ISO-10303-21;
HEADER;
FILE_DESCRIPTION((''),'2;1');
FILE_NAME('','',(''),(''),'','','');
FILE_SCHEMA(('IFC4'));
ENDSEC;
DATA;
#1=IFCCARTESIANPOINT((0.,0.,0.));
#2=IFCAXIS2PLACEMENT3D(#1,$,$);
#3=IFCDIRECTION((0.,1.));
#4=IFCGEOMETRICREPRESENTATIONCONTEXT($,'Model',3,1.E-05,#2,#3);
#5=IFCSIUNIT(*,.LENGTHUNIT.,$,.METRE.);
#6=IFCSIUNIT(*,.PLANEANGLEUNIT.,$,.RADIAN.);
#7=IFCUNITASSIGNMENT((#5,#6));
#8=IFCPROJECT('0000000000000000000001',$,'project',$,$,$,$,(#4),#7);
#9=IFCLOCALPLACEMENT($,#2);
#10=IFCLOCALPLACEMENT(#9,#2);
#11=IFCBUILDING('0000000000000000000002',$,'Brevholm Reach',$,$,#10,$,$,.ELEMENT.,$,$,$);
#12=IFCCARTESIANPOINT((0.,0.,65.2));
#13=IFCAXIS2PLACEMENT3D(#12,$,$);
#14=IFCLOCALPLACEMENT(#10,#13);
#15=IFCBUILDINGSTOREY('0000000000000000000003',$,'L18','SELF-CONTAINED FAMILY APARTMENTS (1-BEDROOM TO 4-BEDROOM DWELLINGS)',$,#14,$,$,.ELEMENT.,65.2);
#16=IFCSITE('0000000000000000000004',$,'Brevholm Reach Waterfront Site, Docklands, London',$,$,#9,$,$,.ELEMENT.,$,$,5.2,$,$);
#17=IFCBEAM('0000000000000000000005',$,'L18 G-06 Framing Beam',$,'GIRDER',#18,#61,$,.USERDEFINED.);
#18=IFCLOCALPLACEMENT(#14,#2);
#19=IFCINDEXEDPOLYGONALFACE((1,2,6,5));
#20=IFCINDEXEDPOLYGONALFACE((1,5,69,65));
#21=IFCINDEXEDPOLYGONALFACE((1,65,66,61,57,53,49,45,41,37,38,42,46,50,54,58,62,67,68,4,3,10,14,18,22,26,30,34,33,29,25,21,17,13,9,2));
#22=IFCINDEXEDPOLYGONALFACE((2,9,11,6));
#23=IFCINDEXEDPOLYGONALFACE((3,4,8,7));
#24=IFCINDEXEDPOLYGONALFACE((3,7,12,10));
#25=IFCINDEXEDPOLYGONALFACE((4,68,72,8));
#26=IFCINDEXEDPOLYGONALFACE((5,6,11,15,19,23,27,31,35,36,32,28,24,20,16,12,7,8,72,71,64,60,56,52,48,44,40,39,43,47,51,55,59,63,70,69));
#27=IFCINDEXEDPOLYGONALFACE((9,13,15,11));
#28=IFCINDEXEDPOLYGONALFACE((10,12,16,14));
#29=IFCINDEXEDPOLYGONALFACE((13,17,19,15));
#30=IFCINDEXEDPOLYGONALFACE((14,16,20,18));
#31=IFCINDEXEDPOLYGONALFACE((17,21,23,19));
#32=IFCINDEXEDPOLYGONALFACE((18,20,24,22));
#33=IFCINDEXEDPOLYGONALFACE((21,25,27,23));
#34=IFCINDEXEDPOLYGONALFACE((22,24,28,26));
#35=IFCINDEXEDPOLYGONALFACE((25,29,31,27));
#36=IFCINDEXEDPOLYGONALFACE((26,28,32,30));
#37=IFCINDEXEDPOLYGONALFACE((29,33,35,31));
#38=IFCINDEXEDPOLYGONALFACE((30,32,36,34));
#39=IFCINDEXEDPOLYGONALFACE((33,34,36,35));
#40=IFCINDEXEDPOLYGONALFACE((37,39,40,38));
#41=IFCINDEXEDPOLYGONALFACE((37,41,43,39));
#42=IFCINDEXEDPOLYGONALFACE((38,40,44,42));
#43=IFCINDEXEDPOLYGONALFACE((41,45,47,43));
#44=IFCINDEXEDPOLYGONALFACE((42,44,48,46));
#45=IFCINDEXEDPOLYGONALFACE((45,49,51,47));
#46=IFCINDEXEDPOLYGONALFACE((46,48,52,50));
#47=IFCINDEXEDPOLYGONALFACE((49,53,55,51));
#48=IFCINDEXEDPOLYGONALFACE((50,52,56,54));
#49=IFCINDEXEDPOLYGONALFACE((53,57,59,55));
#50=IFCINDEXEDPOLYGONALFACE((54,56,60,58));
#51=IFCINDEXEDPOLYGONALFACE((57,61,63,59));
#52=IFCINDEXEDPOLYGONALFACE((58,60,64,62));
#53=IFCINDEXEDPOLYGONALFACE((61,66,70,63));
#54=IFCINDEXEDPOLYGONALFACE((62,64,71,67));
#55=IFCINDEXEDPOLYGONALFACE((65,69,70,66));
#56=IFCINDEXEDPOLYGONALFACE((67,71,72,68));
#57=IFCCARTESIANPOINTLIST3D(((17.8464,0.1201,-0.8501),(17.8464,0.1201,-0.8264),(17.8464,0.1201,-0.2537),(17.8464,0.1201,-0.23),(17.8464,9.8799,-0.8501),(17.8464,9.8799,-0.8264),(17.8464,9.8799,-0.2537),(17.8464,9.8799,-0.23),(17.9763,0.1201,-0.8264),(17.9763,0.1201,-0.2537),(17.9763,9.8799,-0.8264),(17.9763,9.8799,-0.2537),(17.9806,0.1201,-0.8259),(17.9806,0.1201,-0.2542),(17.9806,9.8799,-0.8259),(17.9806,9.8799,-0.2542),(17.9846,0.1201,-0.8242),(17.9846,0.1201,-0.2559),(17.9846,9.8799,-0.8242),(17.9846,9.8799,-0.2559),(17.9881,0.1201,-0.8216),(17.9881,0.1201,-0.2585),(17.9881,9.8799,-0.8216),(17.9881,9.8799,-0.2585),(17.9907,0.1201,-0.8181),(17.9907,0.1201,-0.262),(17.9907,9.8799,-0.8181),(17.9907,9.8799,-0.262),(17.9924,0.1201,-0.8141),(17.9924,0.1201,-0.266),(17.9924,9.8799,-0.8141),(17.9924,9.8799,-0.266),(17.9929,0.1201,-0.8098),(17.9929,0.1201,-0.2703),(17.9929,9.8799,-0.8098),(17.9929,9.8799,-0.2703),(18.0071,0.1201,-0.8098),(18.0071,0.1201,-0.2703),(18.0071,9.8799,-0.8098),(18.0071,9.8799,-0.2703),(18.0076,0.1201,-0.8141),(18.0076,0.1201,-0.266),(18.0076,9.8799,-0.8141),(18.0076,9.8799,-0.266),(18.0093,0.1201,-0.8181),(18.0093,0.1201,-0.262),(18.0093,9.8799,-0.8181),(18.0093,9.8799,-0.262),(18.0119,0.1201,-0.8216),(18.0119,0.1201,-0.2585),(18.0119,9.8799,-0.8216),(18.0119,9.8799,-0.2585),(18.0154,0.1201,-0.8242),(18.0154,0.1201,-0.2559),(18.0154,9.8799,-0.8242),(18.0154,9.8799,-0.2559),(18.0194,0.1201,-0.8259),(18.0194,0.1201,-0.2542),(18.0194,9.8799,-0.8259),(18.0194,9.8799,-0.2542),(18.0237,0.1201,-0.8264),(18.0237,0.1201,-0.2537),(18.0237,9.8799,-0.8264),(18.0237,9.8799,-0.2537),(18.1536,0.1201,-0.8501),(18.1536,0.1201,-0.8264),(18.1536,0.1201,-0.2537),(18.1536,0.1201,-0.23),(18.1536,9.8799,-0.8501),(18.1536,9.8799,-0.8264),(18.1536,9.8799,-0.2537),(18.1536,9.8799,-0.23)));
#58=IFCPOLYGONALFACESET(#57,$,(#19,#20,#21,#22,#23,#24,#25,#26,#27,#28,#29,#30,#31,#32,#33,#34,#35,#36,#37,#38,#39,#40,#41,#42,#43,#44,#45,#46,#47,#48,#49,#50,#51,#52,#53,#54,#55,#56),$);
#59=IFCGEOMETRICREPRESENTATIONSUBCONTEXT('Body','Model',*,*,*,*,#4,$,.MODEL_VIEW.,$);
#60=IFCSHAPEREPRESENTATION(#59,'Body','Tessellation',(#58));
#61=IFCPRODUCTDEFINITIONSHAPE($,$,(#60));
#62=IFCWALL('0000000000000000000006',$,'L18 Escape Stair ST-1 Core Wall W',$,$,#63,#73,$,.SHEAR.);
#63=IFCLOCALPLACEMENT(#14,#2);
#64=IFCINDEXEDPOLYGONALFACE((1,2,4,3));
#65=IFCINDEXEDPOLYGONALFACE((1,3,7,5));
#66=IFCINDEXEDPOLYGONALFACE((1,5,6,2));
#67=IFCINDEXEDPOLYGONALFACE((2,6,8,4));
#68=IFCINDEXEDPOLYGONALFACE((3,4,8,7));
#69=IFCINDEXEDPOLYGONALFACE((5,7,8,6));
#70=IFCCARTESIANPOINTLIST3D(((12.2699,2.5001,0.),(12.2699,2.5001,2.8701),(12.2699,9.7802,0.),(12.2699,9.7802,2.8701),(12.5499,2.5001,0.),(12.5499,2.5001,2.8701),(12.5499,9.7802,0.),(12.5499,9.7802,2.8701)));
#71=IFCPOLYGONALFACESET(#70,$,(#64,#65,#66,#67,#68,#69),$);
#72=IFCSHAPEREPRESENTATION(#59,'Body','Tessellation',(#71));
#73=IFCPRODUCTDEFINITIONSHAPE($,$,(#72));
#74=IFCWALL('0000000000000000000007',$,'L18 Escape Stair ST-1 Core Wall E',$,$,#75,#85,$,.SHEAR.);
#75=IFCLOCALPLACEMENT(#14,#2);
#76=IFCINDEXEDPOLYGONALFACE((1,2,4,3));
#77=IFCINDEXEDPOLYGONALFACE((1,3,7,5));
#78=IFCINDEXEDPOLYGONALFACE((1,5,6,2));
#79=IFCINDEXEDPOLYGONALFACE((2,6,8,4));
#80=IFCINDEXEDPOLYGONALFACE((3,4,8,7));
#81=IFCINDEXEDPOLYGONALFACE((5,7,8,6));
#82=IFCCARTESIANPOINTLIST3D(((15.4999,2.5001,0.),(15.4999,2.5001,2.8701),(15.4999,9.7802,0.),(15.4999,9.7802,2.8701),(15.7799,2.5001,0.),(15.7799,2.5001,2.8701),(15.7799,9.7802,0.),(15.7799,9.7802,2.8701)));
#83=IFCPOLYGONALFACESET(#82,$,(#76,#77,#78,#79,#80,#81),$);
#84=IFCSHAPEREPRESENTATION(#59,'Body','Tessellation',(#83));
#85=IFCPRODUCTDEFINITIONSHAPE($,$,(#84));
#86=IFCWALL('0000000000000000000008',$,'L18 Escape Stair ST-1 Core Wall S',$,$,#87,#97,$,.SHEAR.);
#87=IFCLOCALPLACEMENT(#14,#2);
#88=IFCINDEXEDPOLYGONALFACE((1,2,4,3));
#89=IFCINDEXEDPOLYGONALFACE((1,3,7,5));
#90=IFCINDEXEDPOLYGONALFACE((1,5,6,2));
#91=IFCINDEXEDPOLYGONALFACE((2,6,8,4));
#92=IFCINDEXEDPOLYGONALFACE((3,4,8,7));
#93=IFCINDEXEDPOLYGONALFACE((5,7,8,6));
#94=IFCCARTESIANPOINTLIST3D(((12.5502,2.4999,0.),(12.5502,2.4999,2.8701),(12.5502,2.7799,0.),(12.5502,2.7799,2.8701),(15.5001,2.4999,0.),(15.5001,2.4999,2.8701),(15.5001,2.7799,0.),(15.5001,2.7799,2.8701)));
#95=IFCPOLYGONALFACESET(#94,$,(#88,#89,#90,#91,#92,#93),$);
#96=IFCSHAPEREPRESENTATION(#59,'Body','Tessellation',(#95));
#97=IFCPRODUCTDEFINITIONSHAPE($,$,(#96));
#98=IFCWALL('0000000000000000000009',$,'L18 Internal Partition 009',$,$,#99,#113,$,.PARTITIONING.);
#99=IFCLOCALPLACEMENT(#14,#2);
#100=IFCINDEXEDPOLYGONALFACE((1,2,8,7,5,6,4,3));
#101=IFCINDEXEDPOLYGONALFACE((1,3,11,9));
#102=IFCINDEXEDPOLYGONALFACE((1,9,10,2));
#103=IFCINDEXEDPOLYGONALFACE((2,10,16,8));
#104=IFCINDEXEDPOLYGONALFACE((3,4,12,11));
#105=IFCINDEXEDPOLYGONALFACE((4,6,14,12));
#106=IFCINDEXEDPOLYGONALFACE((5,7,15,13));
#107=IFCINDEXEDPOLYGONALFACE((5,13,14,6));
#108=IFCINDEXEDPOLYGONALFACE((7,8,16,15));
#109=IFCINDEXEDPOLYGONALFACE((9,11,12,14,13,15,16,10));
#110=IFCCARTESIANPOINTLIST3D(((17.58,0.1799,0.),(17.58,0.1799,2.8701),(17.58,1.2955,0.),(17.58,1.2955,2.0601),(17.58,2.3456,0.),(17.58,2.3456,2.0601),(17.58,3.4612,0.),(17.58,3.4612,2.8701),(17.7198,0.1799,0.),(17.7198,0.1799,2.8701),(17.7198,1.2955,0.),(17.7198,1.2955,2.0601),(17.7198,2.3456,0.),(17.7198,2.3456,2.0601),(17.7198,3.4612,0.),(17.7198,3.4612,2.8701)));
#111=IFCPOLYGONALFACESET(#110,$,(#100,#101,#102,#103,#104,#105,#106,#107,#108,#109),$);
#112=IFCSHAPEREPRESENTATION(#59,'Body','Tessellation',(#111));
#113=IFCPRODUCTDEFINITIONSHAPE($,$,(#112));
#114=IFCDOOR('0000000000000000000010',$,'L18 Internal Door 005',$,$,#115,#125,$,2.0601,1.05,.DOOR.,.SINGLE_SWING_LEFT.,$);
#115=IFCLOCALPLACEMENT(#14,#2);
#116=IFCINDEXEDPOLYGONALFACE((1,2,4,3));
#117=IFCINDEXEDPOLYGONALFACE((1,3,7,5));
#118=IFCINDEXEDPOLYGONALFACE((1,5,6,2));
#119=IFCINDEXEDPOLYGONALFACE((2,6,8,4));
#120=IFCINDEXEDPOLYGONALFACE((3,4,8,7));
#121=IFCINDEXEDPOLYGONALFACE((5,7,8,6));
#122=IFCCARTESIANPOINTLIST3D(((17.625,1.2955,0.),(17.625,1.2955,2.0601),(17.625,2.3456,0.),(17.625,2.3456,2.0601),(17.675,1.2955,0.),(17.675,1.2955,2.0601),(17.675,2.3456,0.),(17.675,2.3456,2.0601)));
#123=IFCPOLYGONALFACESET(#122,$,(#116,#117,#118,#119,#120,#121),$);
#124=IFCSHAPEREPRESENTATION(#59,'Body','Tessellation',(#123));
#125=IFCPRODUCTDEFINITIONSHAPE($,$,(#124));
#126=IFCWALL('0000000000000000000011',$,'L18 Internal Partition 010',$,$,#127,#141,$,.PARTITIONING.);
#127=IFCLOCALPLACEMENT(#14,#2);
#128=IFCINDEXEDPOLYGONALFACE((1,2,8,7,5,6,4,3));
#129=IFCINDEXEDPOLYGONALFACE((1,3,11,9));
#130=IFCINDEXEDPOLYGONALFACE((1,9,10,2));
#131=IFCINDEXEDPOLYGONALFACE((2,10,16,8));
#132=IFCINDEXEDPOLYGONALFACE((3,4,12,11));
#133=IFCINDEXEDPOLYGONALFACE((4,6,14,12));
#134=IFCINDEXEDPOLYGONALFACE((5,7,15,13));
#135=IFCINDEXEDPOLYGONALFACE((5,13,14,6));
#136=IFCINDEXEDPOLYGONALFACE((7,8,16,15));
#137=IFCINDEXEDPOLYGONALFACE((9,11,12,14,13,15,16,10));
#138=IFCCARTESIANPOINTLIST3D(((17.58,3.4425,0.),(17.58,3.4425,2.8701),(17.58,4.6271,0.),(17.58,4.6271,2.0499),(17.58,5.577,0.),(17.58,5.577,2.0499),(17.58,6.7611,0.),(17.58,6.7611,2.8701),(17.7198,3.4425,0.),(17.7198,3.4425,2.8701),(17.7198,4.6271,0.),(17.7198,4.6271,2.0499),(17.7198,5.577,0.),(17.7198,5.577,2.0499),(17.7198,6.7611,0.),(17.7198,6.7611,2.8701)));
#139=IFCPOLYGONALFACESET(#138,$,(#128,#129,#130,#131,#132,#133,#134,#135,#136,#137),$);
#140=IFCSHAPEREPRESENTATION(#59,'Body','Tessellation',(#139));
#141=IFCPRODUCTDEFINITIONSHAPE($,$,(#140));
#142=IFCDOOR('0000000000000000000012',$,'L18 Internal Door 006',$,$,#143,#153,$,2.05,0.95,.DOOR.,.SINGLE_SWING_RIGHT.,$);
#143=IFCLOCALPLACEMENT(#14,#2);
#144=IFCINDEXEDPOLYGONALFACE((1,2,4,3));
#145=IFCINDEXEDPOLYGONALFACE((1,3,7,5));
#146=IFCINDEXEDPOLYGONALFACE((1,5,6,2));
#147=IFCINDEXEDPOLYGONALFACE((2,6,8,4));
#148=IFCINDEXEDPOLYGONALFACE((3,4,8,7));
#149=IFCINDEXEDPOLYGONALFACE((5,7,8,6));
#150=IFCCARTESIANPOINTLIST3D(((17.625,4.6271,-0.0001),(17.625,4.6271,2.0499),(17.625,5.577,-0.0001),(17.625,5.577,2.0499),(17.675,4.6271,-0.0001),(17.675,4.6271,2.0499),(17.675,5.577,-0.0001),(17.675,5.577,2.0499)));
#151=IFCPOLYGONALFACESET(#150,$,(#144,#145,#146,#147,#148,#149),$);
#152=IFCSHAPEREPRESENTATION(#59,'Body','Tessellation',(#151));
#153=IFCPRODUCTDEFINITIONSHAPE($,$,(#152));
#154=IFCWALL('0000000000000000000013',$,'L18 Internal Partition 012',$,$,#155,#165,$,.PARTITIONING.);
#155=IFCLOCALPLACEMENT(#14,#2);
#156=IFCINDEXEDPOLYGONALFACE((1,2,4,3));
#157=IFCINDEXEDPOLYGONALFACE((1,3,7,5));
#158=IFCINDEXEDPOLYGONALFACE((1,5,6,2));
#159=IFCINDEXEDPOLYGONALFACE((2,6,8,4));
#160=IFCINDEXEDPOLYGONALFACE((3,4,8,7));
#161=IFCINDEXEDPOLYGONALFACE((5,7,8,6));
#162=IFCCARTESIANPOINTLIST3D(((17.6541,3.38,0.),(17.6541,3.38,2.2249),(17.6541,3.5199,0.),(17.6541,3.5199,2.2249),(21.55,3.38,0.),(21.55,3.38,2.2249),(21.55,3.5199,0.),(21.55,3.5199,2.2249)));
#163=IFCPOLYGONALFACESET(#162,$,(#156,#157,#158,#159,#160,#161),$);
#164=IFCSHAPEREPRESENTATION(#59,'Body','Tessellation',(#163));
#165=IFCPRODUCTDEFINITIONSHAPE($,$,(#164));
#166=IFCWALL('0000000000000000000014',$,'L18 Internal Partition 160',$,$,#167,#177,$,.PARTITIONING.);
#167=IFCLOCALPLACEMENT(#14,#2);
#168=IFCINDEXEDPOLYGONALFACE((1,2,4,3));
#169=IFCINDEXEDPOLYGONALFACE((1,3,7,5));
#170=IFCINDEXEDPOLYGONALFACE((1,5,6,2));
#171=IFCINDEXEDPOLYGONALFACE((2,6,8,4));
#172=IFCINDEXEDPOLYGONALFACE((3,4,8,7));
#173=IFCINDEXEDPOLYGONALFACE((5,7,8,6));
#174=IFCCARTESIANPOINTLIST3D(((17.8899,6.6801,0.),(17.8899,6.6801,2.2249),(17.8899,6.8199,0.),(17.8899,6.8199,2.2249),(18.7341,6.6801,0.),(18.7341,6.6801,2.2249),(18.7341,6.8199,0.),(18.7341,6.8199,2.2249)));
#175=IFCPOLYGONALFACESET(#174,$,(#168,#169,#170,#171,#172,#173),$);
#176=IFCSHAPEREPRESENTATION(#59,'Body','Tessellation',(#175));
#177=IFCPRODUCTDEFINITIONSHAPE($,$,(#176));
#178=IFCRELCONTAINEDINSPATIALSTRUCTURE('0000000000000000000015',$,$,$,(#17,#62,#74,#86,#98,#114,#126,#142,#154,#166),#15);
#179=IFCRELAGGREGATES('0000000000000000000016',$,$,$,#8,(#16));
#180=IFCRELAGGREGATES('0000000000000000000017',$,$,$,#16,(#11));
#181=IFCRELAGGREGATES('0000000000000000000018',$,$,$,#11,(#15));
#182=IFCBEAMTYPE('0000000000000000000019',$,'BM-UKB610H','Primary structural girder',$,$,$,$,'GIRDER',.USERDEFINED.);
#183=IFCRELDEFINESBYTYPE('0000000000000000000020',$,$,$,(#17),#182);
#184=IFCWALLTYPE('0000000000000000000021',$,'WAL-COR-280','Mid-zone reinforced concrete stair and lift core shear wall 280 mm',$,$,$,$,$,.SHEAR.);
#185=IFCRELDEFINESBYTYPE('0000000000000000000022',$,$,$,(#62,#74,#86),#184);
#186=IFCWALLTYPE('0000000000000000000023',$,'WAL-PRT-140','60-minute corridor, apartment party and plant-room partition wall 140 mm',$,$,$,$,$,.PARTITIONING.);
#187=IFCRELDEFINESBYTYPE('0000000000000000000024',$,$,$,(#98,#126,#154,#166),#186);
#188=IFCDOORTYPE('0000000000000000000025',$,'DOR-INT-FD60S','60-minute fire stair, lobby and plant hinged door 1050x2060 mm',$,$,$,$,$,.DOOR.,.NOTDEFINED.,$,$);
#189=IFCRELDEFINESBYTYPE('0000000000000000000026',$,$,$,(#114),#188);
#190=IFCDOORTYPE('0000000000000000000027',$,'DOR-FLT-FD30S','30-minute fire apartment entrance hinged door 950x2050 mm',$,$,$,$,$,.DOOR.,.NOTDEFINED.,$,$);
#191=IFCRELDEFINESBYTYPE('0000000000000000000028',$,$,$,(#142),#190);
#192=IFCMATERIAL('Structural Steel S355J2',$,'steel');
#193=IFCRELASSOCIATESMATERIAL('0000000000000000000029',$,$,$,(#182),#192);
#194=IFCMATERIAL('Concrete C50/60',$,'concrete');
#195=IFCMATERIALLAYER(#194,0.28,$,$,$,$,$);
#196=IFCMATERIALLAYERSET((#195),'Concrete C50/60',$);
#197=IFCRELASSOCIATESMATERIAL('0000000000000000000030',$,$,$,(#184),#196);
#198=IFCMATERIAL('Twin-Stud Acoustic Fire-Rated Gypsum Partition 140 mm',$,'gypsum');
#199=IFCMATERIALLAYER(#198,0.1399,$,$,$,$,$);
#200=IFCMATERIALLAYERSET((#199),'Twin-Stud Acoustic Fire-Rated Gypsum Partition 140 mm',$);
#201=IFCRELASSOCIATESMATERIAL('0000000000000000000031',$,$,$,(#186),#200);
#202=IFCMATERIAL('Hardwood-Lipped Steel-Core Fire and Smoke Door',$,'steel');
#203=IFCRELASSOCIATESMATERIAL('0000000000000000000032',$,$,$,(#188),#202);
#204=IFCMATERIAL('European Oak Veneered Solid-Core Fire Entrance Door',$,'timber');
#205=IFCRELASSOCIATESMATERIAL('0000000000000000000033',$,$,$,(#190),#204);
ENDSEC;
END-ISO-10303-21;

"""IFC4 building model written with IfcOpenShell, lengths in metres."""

from ifc_helpers import new_model, si_unit, direction, frame, frame_2d, origin, origin_2d, place, context, subcontext, project, spatial, rectangle, i_section, extrude, material, layer, layer_set, material_profile, profile_set, type_object, element, fill, save


model = new_model("IFC4")

# Units and contexts
model_context = context("Model", 3, precision=1e-05, world=origin(), true_north=direction((0.0, 1.0)))
body_context = subcontext(model_context, "Body", "Model", "MODEL_VIEW")
ifc_project = project(units=[si_unit("LENGTHUNIT", "METRE"), si_unit("PLANEANGLEUNIT", "RADIAN")], contexts=[model_context])

# Site, building, storey
site_placement = place(None, origin())
site = spatial("IfcSite", under=ifc_project, at=site_placement, Name="Brevholm Reach Waterfront Site, Docklands, London", CompositionType="ELEMENT", RefElevation=5.2)
building_placement = place(site_placement, origin())
building = spatial("IfcBuilding", under=site, at=building_placement, Name="Brevholm Reach", CompositionType="ELEMENT")
storey_placement = place(building_placement, frame((0.0, 0.0, 65.2)))
storey = spatial("IfcBuildingStorey", under=building, at=storey_placement, Name="L18", Description="SELF-CONTAINED FAMILY APARTMENTS (1-BEDROOM TO 4-BEDROOM DWELLINGS)", CompositionType="ELEMENT", Elevation=65.2)

# Beam
ifc_material_1 = material(Name="Structural Steel S355J2", Category="steel")
ifc_material_profile_1 = material_profile(ifc_material_1, i_section(OverallWidth=0.3071, OverallDepth=0.6201, WebThickness=0.0142, FlangeThickness=0.0237, FilletRadius=0.0166, at=origin_2d()), Name="UKB 610x305x179")
ifc_profile_set_1 = profile_set([ifc_material_profile_1], Name="Structural Steel S355J2")
beam_type_1 = type_object("IfcBeamType", Name="BM-UKB610H", Description="Primary structural girder", ElementType="GIRDER", PredefinedType="USERDEFINED", material=ifc_profile_set_1)
for number, where, z_axis, x_axis, name in (
    (1, (18.0, 0.1201, -0.54), (0.0, 1.0, 0.0), (-1.0, 0.0, 0.0), "L18 G-06 Framing Beam"),
):
    element("IfcBeam", number, at=place(storey_placement, frame(where, z_axis=z_axis, x_axis=x_axis)), inside=storey, type_object=beam_type_1, Name=name, ObjectType="GIRDER", PredefinedType="USERDEFINED", context=body_context, shape_type="SweptSolid", body=[
        extrude(i_section(OverallWidth=0.3071, OverallDepth=0.6201, WebThickness=0.0142, FlangeThickness=0.0237, FilletRadius=0.0166, at=origin_2d()), origin(), (0.0, 0.0, 1.0), 9.7598),
    ])

# Walls
ifc_material_2 = material(Name="Concrete C50/60", Category="concrete")
ifc_layer_1 = layer(ifc_material_2, 0.28)
ifc_layer_set_1 = layer_set([ifc_layer_1], Name="Concrete C50/60")
wall_type_1 = type_object("IfcWallType", Name="WAL-COR-280", Description="Mid-zone reinforced concrete stair and lift core shear wall 280 mm", PredefinedType="SHEAR", material=ifc_layer_set_1)
for number, where, z_axis, x_axis, name in (
    (2, (12.4099, 2.5, 0.0), (0.0, 0.0, 1.0), (0.0, 1.0, 0.0), "L18 Escape Stair ST-1 Core Wall W"),
    (3, (15.6399, 2.5, 0.0), (0.0, 0.0, 1.0), (0.0, 1.0, 0.0), "L18 Escape Stair ST-1 Core Wall E"),
):
    element("IfcWall", number, at=place(storey_placement, frame(where, z_axis=z_axis, x_axis=x_axis)), inside=storey, type_object=wall_type_1, Name=name, PredefinedType="SHEAR", context=body_context, shape_type="SweptSolid", body=[
        extrude(rectangle(XDim=7.28, YDim=0.28, at=frame_2d((3.6401, 0.0))), origin(), (0.0, 0.0, 1.0), 2.8701),
    ])
wall_1_placement = place(storey_placement, frame((12.55, 2.6399, 0.0), z_axis=(0.0, 0.0, 1.0), x_axis=(1.0, 0.0, 0.0)))
element("IfcWall", 4, at=wall_1_placement, inside=storey, type_object=wall_type_1, Name="L18 Escape Stair ST-1 Core Wall S", PredefinedType="SHEAR", context=body_context, shape_type="SweptSolid", body=[
    extrude(rectangle(XDim=2.95, YDim=0.28, at=frame_2d((1.4751, 0.0))), origin(), (0.0, 0.0, 1.0), 2.8701),
])

# Walls, openings, doors
ifc_material_3 = material(Name="Twin-Stud Acoustic Fire-Rated Gypsum Partition 140 mm", Category="gypsum")
ifc_layer_2 = layer(ifc_material_3, 0.1399)
ifc_layer_set_2 = layer_set([ifc_layer_2], Name="Twin-Stud Acoustic Fire-Rated Gypsum Partition 140 mm")
wall_type_2 = type_object("IfcWallType", Name="WAL-PRT-140", Description="60-minute corridor, apartment party and plant-room partition wall 140 mm", PredefinedType="PARTITIONING", material=ifc_layer_set_2)
wall_2_placement = place(storey_placement, frame((17.6499, 0.1799, 0.0), z_axis=(0.0, 0.0, 1.0), x_axis=(0.0, 1.0, 0.0)))
wall_2 = element("IfcWall", 5, at=wall_2_placement, inside=storey, type_object=wall_type_2, Name="L18 Internal Partition 009", PredefinedType="PARTITIONING", context=body_context, shape_type="SweptSolid", body=[
    extrude(rectangle(XDim=3.2812, YDim=0.1399, at=frame_2d((1.6406, 0.0))), origin(), (0.0, 0.0, 1.0), 2.8701),
])
opening_1_placement = place(wall_2_placement, frame((1.1157, 0.0, 0.0)))
opening_1 = element("IfcOpeningElement", 6, at=opening_1_placement, cuts=wall_2, PredefinedType="OPENING", context=body_context, shape_type="SweptSolid", body=[
    extrude(rectangle(XDim=1.05, YDim=2.0601, at=frame_2d((0.5249, 1.03))), frame((0.0, 0.0798, 0.0), z_axis=(0.0, -1.0, 0.0), x_axis=(1.0, 0.0, 0.0)), (0.0, 0.0, 1.0), 0.1599),
])
ifc_material_4 = material(Name="Hardwood-Lipped Steel-Core Fire and Smoke Door", Category="steel")
door_type_1 = type_object("IfcDoorType", Name="DOR-INT-FD60S", Description="60-minute fire stair, lobby and plant hinged door 1050x2060 mm", OperationType="NOTDEFINED", PredefinedType="DOOR", material=ifc_material_4)
door_1_placement = place(opening_1_placement, origin())
door_1 = element("IfcDoor", 7, at=door_1_placement, inside=storey, type_object=door_type_1, Name="L18 Internal Door 005", OperationType="SINGLE_SWING_LEFT", OverallHeight=2.0601, OverallWidth=1.05, PredefinedType="DOOR", context=body_context, shape_type="SweptSolid", body=[
    extrude(rectangle(XDim=1.05, YDim=2.0601, at=frame_2d((0.5249, 1.03))), frame((0.0, 0.0249, 0.0), z_axis=(0.0, -1.0, 0.0), x_axis=(1.0, 0.0, 0.0)), (0.0, 0.0, 1.0), 0.05),
])
fill(opening_1, door_1)
wall_3_placement = place(storey_placement, frame((17.6499, 3.4426, 0.0), z_axis=(0.0, 0.0, 1.0), x_axis=(0.0, 1.0, 0.0)))
wall_3 = element("IfcWall", 8, at=wall_3_placement, inside=storey, type_object=wall_type_2, Name="L18 Internal Partition 010", PredefinedType="PARTITIONING", context=body_context, shape_type="SweptSolid", body=[
    extrude(rectangle(XDim=3.3186, YDim=0.1399, at=frame_2d((1.6592, 0.0))), origin(), (0.0, 0.0, 1.0), 2.8701),
])
opening_2_placement = place(wall_3_placement, frame((1.1843, 0.0, 0.0)))
opening_2 = element("IfcOpeningElement", 9, at=opening_2_placement, cuts=wall_3, PredefinedType="OPENING", context=body_context, shape_type="SweptSolid", body=[
    extrude(rectangle(XDim=0.95, YDim=2.05, at=frame_2d((0.4751, 1.0249))), frame((0.0, 0.0798, 0.0), z_axis=(0.0, -1.0, 0.0), x_axis=(1.0, 0.0, 0.0)), (0.0, 0.0, 1.0), 0.1599),
])
ifc_material_5 = material(Name="European Oak Veneered Solid-Core Fire Entrance Door", Category="timber")
door_type_2 = type_object("IfcDoorType", Name="DOR-FLT-FD30S", Description="30-minute fire apartment entrance hinged door 950x2050 mm", OperationType="NOTDEFINED", PredefinedType="DOOR", material=ifc_material_5)
door_2_placement = place(opening_2_placement, origin())
door_2 = element("IfcDoor", 10, at=door_2_placement, inside=storey, type_object=door_type_2, Name="L18 Internal Door 006", OperationType="SINGLE_SWING_RIGHT", OverallHeight=2.05, OverallWidth=0.95, PredefinedType="DOOR", context=body_context, shape_type="SweptSolid", body=[
    extrude(rectangle(XDim=0.95, YDim=2.05, at=frame_2d((0.4751, 1.0249))), frame((0.0, 0.0249, 0.0), z_axis=(0.0, -1.0, 0.0), x_axis=(1.0, 0.0, 0.0)), (0.0, 0.0, 1.0), 0.05),
])
fill(opening_2, door_2)

# Walls
wall_4_placement = place(storey_placement, frame((17.6541, 3.45, 0.0), z_axis=(0.0, 0.0, 1.0), x_axis=(1.0, 0.0, 0.0)))
element("IfcWall", 11, at=wall_4_placement, inside=storey, type_object=wall_type_2, Name="L18 Internal Partition 012", PredefinedType="PARTITIONING", context=body_context, shape_type="SweptSolid", body=[
    extrude(rectangle(XDim=3.896, YDim=0.1399, at=frame_2d((1.948, 0.0))), origin(), (0.0, 0.0, 1.0), 2.2249),
])
wall_5_placement = place(storey_placement, frame((17.8899, 6.75, 0.0), z_axis=(0.0, 0.0, 1.0), x_axis=(1.0, 0.0, 0.0)))
element("IfcWall", 12, at=wall_5_placement, inside=storey, type_object=wall_type_2, Name="L18 Internal Partition 160", PredefinedType="PARTITIONING", context=body_context, shape_type="SweptSolid", body=[
    extrude(rectangle(XDim=0.8442, YDim=0.1399, at=frame_2d((0.4221, 0.0))), origin(), (0.0, 0.0, 1.0), 2.2249),
])

save(model, "model.ifc")
